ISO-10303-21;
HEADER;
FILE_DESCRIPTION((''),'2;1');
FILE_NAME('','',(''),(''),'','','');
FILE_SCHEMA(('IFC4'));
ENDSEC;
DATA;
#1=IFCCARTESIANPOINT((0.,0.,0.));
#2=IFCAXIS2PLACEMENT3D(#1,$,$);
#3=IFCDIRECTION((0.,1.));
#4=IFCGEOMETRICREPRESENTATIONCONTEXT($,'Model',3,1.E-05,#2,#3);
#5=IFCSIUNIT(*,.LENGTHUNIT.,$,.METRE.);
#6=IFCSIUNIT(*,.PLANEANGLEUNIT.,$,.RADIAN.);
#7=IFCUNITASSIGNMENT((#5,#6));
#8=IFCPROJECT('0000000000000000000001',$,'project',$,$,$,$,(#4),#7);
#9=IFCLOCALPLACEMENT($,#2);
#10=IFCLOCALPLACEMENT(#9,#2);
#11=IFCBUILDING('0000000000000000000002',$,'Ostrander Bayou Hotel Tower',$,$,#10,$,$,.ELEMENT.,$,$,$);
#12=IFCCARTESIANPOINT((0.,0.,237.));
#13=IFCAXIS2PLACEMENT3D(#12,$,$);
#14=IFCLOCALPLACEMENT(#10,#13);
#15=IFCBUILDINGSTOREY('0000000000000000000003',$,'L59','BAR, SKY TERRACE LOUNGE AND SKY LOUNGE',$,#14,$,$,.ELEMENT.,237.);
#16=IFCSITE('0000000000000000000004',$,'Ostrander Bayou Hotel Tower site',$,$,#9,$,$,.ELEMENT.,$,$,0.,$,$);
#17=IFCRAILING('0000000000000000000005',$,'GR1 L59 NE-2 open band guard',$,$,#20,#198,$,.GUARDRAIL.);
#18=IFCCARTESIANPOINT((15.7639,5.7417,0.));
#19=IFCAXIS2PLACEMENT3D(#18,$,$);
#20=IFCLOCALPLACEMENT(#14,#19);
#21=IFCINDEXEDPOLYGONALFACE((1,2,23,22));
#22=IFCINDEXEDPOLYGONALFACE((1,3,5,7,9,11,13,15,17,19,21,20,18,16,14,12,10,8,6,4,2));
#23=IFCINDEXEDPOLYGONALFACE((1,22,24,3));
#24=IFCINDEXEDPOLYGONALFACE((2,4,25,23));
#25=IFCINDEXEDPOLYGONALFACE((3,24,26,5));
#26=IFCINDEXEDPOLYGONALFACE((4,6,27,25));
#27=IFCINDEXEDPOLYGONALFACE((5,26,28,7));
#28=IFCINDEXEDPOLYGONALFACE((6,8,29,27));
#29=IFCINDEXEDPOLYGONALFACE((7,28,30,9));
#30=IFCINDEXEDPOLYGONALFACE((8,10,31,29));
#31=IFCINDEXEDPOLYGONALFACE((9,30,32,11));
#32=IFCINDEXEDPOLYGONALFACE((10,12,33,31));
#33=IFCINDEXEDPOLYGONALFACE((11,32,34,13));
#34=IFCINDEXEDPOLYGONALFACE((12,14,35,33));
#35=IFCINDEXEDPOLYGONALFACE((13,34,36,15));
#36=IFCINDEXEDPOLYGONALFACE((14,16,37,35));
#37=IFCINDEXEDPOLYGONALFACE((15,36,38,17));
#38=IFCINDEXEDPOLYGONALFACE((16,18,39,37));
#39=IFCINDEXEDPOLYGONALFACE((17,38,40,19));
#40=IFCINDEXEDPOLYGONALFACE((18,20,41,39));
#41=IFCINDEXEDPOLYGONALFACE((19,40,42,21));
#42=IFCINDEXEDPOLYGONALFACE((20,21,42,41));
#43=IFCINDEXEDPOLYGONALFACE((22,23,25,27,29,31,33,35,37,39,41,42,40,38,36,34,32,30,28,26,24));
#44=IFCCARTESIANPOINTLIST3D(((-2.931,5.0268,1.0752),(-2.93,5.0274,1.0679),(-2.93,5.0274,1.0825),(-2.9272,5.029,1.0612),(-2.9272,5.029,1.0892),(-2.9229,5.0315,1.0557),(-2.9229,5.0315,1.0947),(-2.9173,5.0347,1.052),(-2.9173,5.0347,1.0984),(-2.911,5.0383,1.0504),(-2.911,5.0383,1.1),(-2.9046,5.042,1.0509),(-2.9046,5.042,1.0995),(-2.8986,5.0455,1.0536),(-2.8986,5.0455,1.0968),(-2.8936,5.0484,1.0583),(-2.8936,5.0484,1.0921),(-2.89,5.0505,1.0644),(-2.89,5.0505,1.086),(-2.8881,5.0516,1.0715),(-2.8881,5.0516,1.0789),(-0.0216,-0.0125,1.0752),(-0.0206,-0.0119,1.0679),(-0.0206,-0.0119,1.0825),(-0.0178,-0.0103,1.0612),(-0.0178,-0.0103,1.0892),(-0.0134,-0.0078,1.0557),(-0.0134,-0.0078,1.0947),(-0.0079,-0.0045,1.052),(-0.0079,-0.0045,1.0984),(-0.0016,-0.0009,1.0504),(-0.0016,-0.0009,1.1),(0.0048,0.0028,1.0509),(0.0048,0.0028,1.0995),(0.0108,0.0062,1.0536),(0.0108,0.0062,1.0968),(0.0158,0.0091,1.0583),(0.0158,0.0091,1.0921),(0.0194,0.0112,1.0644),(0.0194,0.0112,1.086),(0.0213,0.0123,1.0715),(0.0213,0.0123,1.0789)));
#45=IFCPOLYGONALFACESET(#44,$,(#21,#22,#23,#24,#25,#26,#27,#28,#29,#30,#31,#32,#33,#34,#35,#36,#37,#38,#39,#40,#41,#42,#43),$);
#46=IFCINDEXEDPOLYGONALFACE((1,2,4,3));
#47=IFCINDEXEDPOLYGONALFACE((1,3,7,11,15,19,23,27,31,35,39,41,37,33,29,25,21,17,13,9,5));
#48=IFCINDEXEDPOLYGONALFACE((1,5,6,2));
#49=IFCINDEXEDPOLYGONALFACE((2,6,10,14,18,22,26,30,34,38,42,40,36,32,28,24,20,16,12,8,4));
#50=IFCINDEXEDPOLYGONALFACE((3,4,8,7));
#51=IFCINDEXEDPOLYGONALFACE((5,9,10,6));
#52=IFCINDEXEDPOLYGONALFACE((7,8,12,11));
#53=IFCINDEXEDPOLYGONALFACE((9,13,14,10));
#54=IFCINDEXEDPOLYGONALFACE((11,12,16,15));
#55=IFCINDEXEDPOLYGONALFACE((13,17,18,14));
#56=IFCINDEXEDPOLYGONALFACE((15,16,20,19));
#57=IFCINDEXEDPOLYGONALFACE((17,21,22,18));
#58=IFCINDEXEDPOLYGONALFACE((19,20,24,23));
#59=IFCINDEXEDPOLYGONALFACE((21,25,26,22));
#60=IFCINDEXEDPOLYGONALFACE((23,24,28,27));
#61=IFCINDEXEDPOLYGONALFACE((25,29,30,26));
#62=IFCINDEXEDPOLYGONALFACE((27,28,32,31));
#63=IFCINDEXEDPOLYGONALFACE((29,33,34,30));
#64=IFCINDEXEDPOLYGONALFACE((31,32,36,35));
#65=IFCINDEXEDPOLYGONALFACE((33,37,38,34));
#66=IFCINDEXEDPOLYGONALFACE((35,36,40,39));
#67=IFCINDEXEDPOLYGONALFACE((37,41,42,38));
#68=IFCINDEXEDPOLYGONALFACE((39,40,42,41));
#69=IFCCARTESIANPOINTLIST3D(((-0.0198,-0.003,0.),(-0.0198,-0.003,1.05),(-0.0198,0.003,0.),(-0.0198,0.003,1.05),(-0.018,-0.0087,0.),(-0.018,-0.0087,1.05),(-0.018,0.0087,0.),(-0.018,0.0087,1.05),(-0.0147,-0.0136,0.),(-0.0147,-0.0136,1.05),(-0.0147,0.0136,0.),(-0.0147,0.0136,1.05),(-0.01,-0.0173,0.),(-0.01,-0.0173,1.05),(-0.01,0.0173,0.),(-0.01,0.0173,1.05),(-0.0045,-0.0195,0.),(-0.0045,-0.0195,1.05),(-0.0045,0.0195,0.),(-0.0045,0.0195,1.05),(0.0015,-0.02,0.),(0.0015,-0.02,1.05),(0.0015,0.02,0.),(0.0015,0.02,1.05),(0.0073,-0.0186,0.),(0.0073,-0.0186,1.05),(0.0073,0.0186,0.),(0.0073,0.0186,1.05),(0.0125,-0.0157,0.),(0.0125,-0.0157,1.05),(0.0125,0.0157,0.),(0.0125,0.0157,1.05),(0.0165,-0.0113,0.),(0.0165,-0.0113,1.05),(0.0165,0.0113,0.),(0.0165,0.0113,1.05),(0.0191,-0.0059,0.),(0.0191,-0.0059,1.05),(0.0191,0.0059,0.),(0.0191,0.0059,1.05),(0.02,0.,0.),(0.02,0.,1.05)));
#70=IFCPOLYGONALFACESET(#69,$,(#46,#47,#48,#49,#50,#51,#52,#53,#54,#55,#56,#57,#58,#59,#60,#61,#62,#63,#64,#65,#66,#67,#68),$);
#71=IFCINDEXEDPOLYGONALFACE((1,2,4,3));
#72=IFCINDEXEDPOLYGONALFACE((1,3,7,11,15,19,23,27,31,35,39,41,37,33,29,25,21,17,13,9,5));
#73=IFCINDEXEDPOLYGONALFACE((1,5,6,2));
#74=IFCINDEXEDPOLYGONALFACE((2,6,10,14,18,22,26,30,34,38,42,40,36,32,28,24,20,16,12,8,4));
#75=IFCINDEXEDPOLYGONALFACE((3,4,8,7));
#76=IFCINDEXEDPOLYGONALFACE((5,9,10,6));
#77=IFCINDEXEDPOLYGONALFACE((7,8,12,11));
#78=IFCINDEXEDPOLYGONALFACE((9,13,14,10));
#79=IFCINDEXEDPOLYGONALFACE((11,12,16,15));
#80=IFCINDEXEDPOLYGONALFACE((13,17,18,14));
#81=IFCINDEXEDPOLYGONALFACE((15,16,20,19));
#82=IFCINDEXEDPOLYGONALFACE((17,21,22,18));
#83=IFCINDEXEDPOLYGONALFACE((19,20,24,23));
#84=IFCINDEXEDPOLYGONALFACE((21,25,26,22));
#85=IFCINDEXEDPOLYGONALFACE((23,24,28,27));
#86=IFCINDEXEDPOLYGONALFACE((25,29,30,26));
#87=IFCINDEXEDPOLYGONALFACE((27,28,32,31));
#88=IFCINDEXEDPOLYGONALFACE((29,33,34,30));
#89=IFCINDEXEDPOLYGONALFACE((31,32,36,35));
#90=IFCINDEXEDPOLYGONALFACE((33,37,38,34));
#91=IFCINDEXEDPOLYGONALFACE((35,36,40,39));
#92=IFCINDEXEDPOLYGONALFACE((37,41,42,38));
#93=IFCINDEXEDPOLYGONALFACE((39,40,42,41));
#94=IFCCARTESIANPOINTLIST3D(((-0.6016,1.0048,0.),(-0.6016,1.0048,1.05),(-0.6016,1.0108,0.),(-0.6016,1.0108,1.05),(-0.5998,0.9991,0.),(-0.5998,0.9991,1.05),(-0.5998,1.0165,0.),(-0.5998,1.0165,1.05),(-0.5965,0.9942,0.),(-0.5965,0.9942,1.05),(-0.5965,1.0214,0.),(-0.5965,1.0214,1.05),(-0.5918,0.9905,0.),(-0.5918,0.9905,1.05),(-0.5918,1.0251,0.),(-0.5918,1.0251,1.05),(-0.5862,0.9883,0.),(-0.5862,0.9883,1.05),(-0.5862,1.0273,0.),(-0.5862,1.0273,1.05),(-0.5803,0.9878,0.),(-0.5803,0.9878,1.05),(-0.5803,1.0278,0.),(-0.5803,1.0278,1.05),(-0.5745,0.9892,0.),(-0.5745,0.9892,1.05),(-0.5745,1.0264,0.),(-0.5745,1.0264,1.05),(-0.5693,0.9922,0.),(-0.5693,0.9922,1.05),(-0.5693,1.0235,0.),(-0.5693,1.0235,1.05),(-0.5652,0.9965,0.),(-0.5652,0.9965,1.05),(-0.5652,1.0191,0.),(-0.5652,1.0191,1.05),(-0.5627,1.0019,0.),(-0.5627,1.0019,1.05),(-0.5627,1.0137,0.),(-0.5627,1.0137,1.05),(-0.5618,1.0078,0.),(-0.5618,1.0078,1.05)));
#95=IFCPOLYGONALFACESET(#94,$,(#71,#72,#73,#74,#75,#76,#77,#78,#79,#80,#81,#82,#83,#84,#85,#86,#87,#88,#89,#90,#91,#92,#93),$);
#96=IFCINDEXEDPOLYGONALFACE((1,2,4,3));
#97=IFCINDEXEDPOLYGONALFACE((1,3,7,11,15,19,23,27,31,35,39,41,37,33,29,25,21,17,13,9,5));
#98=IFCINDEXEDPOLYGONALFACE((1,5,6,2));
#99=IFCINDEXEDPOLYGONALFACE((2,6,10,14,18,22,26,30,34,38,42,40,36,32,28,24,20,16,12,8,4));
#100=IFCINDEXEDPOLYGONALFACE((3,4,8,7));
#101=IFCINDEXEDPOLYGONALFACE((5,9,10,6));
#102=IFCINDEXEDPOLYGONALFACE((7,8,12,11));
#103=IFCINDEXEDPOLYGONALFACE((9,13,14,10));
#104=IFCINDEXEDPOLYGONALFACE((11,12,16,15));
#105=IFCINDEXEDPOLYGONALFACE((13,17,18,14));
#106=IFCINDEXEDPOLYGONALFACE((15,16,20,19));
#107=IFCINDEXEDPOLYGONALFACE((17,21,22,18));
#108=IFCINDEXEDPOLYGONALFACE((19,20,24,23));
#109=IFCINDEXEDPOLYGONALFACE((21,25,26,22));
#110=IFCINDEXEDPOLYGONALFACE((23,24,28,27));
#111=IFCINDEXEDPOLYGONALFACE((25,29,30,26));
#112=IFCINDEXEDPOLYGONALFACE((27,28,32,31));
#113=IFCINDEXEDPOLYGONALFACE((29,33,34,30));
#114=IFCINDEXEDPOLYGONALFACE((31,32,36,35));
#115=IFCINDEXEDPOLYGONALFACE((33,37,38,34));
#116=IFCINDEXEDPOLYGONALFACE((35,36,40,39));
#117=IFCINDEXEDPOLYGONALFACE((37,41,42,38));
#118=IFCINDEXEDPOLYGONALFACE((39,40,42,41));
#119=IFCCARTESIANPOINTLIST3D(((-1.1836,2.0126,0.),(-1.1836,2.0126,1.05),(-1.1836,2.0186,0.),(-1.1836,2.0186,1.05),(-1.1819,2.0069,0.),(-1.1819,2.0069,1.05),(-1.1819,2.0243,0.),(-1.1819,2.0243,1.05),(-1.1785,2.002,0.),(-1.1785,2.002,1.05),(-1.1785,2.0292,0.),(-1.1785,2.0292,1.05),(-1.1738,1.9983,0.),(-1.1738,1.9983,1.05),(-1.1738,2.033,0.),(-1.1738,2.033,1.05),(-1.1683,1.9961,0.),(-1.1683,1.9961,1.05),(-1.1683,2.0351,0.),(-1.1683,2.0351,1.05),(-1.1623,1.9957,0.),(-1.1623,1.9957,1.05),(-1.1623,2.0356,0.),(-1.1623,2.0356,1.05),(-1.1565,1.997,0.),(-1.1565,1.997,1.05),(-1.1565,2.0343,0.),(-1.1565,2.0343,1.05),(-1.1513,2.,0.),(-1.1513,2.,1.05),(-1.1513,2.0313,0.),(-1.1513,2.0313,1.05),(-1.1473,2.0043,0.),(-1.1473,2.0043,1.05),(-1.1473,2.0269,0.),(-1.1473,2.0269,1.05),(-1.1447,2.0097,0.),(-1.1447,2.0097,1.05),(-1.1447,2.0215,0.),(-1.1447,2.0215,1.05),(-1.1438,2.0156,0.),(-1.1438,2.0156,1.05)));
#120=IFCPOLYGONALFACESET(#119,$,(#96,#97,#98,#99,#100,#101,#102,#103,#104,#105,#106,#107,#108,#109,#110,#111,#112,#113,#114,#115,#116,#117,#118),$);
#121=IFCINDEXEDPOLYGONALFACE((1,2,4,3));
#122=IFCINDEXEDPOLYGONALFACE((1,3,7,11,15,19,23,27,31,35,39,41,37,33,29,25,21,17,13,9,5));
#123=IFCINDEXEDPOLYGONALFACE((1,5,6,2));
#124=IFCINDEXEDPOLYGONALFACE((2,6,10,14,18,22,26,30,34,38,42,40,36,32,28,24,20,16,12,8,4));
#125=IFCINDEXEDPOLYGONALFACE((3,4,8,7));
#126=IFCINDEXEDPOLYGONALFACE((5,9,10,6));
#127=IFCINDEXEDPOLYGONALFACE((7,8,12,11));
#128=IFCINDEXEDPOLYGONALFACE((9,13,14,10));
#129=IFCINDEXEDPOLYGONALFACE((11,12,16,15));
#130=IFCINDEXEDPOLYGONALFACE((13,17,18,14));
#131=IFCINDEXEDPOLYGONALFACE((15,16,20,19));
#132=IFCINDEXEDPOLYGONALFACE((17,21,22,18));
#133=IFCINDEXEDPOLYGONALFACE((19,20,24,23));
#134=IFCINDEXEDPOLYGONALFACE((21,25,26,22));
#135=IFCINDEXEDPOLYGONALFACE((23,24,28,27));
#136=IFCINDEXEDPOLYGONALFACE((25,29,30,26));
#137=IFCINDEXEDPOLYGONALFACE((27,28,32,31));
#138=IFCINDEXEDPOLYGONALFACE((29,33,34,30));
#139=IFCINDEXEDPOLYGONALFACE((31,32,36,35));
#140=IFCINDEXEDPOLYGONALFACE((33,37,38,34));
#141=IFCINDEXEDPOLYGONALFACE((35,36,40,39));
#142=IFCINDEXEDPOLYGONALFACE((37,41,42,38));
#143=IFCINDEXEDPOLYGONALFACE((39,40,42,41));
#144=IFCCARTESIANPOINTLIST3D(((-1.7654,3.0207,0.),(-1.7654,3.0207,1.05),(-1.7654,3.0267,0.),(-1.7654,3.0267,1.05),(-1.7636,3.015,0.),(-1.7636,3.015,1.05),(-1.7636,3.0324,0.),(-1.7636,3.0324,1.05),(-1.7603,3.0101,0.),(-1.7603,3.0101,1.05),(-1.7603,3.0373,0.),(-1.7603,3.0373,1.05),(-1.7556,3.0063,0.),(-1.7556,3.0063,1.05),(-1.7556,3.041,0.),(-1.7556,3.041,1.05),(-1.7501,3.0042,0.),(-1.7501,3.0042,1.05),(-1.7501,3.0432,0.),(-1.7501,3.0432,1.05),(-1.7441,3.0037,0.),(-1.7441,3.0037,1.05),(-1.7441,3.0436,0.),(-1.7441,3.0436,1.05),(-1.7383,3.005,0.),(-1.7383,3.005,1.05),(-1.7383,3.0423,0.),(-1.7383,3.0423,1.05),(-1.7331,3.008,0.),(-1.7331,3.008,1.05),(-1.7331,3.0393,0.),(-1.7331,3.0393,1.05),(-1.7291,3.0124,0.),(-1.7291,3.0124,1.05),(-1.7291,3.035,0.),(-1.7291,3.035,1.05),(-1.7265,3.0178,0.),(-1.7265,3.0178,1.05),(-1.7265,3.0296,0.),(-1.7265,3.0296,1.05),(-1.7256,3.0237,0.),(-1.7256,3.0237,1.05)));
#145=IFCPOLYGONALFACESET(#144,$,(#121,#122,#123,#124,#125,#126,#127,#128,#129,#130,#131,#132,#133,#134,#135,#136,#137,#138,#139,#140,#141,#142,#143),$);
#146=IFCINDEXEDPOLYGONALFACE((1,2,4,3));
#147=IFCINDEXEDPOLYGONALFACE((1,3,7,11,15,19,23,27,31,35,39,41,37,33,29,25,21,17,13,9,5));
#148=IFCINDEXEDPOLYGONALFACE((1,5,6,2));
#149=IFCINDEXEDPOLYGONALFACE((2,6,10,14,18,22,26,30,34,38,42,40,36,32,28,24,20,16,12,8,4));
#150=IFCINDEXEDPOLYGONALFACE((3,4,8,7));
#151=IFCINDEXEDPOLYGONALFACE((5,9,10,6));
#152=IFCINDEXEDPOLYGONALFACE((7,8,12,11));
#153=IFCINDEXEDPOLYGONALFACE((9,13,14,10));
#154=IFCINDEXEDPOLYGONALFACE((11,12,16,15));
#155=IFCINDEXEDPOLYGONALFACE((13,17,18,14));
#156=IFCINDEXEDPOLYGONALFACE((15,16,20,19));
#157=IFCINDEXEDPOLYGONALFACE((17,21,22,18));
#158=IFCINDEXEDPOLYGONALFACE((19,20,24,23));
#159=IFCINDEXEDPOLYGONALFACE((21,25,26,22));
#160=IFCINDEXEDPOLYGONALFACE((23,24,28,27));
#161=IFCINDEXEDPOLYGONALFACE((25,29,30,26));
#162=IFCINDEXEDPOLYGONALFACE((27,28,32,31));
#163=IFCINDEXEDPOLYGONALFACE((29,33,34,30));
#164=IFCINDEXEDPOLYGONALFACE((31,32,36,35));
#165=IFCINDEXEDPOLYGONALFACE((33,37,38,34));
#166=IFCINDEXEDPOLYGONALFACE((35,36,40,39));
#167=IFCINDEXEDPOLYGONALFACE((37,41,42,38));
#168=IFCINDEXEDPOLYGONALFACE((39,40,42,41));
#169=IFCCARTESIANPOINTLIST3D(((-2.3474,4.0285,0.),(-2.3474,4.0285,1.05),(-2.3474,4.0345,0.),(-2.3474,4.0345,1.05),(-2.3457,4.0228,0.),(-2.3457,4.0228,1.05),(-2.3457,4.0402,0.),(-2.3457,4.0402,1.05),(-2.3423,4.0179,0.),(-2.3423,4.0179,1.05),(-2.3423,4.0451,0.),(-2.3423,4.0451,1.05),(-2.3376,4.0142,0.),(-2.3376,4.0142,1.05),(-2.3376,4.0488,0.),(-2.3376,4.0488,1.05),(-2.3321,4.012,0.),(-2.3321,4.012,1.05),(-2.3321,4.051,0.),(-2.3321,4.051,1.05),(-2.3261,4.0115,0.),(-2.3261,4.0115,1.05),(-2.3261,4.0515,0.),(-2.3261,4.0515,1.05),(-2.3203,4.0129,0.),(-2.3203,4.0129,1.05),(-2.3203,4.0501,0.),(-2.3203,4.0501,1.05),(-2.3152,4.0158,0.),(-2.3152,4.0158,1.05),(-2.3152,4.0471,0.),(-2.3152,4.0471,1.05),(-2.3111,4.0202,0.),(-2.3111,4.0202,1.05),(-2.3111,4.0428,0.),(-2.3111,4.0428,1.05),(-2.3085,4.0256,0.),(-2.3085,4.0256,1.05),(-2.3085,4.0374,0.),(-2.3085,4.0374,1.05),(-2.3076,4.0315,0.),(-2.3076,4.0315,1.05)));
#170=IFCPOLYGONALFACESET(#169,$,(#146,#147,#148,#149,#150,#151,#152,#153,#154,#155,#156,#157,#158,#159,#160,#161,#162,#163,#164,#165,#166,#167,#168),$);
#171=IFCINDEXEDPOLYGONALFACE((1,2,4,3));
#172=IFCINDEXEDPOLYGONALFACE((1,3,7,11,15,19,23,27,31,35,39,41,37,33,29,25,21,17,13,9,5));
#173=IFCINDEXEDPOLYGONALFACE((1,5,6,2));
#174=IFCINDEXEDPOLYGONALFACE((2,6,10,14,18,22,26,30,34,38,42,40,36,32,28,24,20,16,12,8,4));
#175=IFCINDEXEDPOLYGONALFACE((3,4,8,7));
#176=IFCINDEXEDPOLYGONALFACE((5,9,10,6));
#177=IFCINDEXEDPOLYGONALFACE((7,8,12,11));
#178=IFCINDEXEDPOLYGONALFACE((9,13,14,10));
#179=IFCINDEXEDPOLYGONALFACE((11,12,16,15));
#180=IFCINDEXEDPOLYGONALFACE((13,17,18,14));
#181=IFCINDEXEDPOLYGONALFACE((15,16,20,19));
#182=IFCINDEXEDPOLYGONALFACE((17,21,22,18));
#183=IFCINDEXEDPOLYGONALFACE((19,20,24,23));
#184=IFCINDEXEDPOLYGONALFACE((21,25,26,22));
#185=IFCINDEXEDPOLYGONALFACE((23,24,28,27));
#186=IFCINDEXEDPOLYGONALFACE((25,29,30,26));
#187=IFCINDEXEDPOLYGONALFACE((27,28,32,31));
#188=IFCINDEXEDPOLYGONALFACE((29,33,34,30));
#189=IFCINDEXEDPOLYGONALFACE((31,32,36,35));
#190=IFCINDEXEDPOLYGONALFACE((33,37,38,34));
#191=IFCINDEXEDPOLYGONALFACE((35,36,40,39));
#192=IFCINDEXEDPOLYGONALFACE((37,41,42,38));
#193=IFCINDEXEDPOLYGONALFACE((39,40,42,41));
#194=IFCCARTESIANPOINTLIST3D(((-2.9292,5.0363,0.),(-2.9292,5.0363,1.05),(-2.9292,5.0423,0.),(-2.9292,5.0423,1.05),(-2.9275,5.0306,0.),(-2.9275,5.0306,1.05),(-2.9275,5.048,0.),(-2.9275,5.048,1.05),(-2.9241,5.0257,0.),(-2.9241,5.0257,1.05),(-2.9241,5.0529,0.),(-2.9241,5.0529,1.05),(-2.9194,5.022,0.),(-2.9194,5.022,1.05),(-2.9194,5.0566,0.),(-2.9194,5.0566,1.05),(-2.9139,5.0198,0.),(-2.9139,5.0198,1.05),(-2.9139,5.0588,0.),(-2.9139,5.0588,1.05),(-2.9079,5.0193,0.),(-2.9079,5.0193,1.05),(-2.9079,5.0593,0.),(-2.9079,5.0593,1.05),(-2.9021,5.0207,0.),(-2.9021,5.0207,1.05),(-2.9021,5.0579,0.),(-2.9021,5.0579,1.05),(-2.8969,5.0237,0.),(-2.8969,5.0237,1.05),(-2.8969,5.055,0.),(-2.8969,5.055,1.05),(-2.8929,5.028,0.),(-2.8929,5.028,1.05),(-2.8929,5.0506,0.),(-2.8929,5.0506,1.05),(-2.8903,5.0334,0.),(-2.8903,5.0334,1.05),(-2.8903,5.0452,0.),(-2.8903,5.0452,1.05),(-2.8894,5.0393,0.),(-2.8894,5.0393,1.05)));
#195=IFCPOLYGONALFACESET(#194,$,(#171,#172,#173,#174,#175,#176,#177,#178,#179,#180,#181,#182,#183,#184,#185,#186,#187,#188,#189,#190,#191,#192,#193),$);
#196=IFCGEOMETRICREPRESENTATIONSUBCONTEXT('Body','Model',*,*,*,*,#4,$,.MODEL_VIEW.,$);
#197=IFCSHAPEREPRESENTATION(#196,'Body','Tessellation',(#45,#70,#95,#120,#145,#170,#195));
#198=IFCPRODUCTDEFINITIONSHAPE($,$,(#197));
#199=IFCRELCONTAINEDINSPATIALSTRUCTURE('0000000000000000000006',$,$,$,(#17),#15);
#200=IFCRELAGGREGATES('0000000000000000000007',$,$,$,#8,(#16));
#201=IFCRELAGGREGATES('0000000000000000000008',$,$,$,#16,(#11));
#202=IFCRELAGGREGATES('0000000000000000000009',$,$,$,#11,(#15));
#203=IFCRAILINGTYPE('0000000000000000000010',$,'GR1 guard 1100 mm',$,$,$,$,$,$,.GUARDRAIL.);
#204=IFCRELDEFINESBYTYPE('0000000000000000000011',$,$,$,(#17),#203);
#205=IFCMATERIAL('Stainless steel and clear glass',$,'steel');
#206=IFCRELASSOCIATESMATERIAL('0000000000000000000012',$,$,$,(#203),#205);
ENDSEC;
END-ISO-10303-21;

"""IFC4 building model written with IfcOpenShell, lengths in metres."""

from ifc_helpers import new_model, si_unit, direction, frame, origin, origin_2d, place, context, subcontext, project, spatial, circle, extrude, material, type_object, element, save


model = new_model("IFC4")

# Units and contexts
model_context = context("Model", 3, precision=1e-05, world=origin(), true_north=direction((0.0, 1.0)))
body_context = subcontext(model_context, "Body", "Model", "MODEL_VIEW")
ifc_project = project(units=[si_unit("LENGTHUNIT", "METRE"), si_unit("PLANEANGLEUNIT", "RADIAN")], contexts=[model_context])

# Site, building, storey
site_placement = place(None, origin())
site = spatial("IfcSite", under=ifc_project, at=site_placement, Name="Ostrander Bayou Hotel Tower site", CompositionType="ELEMENT", RefElevation=0.0)
building_placement = place(site_placement, origin())
building = spatial("IfcBuilding", under=site, at=building_placement, Name="Ostrander Bayou Hotel Tower", CompositionType="ELEMENT")
storey_placement = place(building_placement, frame((0.0, 0.0, 237.0)))
storey = spatial("IfcBuildingStorey", under=building, at=storey_placement, Name="L59", Description="BAR, SKY TERRACE LOUNGE AND SKY LOUNGE", CompositionType="ELEMENT", Elevation=237.0)

# Railing
ifc_material_1 = material(Name="Stainless steel and clear glass", Category="steel")
railing_type_1 = type_object("IfcRailingType", Name="GR1 guard 1100 mm", PredefinedType="GUARDRAIL", material=ifc_material_1)
railing_1_placement = place(storey_placement, frame((15.7639, 5.7417, 0.0)))
element("IfcRailing", 1, at=railing_1_placement, inside=storey, type_object=railing_type_1, Name="GR1 L59 NE-2 open band guard", PredefinedType="GUARDRAIL", context=body_context, shape_type="SweptSolid", body=[
    extrude(circle(Radius=0.0249, at=origin_2d()), frame((0.0, 0.0, 1.0752), z_axis=(-0.499997, 0.866027, 0.0), x_axis=(-0.866027, -0.499997, 0.0)), (0.0, 0.0, 1.0), 5.8188),
    extrude(circle(Radius=0.02, at=origin_2d()), origin(), (0.0, 0.0, 1.0), 1.05),
    extrude(circle(Radius=0.02, at=origin_2d()), frame((-0.5818, 1.0078, 0.0)), (0.0, 0.0, 1.0), 1.05),
    extrude(circle(Radius=0.02, at=origin_2d()), frame((-1.1638, 2.0156, 0.0)), (0.0, 0.0, 1.0), 1.05),
    extrude(circle(Radius=0.02, at=origin_2d()), frame((-1.7456, 3.0237, 0.0)), (0.0, 0.0, 1.0), 1.05),
    extrude(circle(Radius=0.02, at=origin_2d()), frame((-2.3276, 4.0315, 0.0)), (0.0, 0.0, 1.0), 1.05),
    extrude(circle(Radius=0.02, at=origin_2d()), frame((-2.9094, 5.0393, 0.0)), (0.0, 0.0, 1.0), 1.05),
])

save(model, "model.ifc")
